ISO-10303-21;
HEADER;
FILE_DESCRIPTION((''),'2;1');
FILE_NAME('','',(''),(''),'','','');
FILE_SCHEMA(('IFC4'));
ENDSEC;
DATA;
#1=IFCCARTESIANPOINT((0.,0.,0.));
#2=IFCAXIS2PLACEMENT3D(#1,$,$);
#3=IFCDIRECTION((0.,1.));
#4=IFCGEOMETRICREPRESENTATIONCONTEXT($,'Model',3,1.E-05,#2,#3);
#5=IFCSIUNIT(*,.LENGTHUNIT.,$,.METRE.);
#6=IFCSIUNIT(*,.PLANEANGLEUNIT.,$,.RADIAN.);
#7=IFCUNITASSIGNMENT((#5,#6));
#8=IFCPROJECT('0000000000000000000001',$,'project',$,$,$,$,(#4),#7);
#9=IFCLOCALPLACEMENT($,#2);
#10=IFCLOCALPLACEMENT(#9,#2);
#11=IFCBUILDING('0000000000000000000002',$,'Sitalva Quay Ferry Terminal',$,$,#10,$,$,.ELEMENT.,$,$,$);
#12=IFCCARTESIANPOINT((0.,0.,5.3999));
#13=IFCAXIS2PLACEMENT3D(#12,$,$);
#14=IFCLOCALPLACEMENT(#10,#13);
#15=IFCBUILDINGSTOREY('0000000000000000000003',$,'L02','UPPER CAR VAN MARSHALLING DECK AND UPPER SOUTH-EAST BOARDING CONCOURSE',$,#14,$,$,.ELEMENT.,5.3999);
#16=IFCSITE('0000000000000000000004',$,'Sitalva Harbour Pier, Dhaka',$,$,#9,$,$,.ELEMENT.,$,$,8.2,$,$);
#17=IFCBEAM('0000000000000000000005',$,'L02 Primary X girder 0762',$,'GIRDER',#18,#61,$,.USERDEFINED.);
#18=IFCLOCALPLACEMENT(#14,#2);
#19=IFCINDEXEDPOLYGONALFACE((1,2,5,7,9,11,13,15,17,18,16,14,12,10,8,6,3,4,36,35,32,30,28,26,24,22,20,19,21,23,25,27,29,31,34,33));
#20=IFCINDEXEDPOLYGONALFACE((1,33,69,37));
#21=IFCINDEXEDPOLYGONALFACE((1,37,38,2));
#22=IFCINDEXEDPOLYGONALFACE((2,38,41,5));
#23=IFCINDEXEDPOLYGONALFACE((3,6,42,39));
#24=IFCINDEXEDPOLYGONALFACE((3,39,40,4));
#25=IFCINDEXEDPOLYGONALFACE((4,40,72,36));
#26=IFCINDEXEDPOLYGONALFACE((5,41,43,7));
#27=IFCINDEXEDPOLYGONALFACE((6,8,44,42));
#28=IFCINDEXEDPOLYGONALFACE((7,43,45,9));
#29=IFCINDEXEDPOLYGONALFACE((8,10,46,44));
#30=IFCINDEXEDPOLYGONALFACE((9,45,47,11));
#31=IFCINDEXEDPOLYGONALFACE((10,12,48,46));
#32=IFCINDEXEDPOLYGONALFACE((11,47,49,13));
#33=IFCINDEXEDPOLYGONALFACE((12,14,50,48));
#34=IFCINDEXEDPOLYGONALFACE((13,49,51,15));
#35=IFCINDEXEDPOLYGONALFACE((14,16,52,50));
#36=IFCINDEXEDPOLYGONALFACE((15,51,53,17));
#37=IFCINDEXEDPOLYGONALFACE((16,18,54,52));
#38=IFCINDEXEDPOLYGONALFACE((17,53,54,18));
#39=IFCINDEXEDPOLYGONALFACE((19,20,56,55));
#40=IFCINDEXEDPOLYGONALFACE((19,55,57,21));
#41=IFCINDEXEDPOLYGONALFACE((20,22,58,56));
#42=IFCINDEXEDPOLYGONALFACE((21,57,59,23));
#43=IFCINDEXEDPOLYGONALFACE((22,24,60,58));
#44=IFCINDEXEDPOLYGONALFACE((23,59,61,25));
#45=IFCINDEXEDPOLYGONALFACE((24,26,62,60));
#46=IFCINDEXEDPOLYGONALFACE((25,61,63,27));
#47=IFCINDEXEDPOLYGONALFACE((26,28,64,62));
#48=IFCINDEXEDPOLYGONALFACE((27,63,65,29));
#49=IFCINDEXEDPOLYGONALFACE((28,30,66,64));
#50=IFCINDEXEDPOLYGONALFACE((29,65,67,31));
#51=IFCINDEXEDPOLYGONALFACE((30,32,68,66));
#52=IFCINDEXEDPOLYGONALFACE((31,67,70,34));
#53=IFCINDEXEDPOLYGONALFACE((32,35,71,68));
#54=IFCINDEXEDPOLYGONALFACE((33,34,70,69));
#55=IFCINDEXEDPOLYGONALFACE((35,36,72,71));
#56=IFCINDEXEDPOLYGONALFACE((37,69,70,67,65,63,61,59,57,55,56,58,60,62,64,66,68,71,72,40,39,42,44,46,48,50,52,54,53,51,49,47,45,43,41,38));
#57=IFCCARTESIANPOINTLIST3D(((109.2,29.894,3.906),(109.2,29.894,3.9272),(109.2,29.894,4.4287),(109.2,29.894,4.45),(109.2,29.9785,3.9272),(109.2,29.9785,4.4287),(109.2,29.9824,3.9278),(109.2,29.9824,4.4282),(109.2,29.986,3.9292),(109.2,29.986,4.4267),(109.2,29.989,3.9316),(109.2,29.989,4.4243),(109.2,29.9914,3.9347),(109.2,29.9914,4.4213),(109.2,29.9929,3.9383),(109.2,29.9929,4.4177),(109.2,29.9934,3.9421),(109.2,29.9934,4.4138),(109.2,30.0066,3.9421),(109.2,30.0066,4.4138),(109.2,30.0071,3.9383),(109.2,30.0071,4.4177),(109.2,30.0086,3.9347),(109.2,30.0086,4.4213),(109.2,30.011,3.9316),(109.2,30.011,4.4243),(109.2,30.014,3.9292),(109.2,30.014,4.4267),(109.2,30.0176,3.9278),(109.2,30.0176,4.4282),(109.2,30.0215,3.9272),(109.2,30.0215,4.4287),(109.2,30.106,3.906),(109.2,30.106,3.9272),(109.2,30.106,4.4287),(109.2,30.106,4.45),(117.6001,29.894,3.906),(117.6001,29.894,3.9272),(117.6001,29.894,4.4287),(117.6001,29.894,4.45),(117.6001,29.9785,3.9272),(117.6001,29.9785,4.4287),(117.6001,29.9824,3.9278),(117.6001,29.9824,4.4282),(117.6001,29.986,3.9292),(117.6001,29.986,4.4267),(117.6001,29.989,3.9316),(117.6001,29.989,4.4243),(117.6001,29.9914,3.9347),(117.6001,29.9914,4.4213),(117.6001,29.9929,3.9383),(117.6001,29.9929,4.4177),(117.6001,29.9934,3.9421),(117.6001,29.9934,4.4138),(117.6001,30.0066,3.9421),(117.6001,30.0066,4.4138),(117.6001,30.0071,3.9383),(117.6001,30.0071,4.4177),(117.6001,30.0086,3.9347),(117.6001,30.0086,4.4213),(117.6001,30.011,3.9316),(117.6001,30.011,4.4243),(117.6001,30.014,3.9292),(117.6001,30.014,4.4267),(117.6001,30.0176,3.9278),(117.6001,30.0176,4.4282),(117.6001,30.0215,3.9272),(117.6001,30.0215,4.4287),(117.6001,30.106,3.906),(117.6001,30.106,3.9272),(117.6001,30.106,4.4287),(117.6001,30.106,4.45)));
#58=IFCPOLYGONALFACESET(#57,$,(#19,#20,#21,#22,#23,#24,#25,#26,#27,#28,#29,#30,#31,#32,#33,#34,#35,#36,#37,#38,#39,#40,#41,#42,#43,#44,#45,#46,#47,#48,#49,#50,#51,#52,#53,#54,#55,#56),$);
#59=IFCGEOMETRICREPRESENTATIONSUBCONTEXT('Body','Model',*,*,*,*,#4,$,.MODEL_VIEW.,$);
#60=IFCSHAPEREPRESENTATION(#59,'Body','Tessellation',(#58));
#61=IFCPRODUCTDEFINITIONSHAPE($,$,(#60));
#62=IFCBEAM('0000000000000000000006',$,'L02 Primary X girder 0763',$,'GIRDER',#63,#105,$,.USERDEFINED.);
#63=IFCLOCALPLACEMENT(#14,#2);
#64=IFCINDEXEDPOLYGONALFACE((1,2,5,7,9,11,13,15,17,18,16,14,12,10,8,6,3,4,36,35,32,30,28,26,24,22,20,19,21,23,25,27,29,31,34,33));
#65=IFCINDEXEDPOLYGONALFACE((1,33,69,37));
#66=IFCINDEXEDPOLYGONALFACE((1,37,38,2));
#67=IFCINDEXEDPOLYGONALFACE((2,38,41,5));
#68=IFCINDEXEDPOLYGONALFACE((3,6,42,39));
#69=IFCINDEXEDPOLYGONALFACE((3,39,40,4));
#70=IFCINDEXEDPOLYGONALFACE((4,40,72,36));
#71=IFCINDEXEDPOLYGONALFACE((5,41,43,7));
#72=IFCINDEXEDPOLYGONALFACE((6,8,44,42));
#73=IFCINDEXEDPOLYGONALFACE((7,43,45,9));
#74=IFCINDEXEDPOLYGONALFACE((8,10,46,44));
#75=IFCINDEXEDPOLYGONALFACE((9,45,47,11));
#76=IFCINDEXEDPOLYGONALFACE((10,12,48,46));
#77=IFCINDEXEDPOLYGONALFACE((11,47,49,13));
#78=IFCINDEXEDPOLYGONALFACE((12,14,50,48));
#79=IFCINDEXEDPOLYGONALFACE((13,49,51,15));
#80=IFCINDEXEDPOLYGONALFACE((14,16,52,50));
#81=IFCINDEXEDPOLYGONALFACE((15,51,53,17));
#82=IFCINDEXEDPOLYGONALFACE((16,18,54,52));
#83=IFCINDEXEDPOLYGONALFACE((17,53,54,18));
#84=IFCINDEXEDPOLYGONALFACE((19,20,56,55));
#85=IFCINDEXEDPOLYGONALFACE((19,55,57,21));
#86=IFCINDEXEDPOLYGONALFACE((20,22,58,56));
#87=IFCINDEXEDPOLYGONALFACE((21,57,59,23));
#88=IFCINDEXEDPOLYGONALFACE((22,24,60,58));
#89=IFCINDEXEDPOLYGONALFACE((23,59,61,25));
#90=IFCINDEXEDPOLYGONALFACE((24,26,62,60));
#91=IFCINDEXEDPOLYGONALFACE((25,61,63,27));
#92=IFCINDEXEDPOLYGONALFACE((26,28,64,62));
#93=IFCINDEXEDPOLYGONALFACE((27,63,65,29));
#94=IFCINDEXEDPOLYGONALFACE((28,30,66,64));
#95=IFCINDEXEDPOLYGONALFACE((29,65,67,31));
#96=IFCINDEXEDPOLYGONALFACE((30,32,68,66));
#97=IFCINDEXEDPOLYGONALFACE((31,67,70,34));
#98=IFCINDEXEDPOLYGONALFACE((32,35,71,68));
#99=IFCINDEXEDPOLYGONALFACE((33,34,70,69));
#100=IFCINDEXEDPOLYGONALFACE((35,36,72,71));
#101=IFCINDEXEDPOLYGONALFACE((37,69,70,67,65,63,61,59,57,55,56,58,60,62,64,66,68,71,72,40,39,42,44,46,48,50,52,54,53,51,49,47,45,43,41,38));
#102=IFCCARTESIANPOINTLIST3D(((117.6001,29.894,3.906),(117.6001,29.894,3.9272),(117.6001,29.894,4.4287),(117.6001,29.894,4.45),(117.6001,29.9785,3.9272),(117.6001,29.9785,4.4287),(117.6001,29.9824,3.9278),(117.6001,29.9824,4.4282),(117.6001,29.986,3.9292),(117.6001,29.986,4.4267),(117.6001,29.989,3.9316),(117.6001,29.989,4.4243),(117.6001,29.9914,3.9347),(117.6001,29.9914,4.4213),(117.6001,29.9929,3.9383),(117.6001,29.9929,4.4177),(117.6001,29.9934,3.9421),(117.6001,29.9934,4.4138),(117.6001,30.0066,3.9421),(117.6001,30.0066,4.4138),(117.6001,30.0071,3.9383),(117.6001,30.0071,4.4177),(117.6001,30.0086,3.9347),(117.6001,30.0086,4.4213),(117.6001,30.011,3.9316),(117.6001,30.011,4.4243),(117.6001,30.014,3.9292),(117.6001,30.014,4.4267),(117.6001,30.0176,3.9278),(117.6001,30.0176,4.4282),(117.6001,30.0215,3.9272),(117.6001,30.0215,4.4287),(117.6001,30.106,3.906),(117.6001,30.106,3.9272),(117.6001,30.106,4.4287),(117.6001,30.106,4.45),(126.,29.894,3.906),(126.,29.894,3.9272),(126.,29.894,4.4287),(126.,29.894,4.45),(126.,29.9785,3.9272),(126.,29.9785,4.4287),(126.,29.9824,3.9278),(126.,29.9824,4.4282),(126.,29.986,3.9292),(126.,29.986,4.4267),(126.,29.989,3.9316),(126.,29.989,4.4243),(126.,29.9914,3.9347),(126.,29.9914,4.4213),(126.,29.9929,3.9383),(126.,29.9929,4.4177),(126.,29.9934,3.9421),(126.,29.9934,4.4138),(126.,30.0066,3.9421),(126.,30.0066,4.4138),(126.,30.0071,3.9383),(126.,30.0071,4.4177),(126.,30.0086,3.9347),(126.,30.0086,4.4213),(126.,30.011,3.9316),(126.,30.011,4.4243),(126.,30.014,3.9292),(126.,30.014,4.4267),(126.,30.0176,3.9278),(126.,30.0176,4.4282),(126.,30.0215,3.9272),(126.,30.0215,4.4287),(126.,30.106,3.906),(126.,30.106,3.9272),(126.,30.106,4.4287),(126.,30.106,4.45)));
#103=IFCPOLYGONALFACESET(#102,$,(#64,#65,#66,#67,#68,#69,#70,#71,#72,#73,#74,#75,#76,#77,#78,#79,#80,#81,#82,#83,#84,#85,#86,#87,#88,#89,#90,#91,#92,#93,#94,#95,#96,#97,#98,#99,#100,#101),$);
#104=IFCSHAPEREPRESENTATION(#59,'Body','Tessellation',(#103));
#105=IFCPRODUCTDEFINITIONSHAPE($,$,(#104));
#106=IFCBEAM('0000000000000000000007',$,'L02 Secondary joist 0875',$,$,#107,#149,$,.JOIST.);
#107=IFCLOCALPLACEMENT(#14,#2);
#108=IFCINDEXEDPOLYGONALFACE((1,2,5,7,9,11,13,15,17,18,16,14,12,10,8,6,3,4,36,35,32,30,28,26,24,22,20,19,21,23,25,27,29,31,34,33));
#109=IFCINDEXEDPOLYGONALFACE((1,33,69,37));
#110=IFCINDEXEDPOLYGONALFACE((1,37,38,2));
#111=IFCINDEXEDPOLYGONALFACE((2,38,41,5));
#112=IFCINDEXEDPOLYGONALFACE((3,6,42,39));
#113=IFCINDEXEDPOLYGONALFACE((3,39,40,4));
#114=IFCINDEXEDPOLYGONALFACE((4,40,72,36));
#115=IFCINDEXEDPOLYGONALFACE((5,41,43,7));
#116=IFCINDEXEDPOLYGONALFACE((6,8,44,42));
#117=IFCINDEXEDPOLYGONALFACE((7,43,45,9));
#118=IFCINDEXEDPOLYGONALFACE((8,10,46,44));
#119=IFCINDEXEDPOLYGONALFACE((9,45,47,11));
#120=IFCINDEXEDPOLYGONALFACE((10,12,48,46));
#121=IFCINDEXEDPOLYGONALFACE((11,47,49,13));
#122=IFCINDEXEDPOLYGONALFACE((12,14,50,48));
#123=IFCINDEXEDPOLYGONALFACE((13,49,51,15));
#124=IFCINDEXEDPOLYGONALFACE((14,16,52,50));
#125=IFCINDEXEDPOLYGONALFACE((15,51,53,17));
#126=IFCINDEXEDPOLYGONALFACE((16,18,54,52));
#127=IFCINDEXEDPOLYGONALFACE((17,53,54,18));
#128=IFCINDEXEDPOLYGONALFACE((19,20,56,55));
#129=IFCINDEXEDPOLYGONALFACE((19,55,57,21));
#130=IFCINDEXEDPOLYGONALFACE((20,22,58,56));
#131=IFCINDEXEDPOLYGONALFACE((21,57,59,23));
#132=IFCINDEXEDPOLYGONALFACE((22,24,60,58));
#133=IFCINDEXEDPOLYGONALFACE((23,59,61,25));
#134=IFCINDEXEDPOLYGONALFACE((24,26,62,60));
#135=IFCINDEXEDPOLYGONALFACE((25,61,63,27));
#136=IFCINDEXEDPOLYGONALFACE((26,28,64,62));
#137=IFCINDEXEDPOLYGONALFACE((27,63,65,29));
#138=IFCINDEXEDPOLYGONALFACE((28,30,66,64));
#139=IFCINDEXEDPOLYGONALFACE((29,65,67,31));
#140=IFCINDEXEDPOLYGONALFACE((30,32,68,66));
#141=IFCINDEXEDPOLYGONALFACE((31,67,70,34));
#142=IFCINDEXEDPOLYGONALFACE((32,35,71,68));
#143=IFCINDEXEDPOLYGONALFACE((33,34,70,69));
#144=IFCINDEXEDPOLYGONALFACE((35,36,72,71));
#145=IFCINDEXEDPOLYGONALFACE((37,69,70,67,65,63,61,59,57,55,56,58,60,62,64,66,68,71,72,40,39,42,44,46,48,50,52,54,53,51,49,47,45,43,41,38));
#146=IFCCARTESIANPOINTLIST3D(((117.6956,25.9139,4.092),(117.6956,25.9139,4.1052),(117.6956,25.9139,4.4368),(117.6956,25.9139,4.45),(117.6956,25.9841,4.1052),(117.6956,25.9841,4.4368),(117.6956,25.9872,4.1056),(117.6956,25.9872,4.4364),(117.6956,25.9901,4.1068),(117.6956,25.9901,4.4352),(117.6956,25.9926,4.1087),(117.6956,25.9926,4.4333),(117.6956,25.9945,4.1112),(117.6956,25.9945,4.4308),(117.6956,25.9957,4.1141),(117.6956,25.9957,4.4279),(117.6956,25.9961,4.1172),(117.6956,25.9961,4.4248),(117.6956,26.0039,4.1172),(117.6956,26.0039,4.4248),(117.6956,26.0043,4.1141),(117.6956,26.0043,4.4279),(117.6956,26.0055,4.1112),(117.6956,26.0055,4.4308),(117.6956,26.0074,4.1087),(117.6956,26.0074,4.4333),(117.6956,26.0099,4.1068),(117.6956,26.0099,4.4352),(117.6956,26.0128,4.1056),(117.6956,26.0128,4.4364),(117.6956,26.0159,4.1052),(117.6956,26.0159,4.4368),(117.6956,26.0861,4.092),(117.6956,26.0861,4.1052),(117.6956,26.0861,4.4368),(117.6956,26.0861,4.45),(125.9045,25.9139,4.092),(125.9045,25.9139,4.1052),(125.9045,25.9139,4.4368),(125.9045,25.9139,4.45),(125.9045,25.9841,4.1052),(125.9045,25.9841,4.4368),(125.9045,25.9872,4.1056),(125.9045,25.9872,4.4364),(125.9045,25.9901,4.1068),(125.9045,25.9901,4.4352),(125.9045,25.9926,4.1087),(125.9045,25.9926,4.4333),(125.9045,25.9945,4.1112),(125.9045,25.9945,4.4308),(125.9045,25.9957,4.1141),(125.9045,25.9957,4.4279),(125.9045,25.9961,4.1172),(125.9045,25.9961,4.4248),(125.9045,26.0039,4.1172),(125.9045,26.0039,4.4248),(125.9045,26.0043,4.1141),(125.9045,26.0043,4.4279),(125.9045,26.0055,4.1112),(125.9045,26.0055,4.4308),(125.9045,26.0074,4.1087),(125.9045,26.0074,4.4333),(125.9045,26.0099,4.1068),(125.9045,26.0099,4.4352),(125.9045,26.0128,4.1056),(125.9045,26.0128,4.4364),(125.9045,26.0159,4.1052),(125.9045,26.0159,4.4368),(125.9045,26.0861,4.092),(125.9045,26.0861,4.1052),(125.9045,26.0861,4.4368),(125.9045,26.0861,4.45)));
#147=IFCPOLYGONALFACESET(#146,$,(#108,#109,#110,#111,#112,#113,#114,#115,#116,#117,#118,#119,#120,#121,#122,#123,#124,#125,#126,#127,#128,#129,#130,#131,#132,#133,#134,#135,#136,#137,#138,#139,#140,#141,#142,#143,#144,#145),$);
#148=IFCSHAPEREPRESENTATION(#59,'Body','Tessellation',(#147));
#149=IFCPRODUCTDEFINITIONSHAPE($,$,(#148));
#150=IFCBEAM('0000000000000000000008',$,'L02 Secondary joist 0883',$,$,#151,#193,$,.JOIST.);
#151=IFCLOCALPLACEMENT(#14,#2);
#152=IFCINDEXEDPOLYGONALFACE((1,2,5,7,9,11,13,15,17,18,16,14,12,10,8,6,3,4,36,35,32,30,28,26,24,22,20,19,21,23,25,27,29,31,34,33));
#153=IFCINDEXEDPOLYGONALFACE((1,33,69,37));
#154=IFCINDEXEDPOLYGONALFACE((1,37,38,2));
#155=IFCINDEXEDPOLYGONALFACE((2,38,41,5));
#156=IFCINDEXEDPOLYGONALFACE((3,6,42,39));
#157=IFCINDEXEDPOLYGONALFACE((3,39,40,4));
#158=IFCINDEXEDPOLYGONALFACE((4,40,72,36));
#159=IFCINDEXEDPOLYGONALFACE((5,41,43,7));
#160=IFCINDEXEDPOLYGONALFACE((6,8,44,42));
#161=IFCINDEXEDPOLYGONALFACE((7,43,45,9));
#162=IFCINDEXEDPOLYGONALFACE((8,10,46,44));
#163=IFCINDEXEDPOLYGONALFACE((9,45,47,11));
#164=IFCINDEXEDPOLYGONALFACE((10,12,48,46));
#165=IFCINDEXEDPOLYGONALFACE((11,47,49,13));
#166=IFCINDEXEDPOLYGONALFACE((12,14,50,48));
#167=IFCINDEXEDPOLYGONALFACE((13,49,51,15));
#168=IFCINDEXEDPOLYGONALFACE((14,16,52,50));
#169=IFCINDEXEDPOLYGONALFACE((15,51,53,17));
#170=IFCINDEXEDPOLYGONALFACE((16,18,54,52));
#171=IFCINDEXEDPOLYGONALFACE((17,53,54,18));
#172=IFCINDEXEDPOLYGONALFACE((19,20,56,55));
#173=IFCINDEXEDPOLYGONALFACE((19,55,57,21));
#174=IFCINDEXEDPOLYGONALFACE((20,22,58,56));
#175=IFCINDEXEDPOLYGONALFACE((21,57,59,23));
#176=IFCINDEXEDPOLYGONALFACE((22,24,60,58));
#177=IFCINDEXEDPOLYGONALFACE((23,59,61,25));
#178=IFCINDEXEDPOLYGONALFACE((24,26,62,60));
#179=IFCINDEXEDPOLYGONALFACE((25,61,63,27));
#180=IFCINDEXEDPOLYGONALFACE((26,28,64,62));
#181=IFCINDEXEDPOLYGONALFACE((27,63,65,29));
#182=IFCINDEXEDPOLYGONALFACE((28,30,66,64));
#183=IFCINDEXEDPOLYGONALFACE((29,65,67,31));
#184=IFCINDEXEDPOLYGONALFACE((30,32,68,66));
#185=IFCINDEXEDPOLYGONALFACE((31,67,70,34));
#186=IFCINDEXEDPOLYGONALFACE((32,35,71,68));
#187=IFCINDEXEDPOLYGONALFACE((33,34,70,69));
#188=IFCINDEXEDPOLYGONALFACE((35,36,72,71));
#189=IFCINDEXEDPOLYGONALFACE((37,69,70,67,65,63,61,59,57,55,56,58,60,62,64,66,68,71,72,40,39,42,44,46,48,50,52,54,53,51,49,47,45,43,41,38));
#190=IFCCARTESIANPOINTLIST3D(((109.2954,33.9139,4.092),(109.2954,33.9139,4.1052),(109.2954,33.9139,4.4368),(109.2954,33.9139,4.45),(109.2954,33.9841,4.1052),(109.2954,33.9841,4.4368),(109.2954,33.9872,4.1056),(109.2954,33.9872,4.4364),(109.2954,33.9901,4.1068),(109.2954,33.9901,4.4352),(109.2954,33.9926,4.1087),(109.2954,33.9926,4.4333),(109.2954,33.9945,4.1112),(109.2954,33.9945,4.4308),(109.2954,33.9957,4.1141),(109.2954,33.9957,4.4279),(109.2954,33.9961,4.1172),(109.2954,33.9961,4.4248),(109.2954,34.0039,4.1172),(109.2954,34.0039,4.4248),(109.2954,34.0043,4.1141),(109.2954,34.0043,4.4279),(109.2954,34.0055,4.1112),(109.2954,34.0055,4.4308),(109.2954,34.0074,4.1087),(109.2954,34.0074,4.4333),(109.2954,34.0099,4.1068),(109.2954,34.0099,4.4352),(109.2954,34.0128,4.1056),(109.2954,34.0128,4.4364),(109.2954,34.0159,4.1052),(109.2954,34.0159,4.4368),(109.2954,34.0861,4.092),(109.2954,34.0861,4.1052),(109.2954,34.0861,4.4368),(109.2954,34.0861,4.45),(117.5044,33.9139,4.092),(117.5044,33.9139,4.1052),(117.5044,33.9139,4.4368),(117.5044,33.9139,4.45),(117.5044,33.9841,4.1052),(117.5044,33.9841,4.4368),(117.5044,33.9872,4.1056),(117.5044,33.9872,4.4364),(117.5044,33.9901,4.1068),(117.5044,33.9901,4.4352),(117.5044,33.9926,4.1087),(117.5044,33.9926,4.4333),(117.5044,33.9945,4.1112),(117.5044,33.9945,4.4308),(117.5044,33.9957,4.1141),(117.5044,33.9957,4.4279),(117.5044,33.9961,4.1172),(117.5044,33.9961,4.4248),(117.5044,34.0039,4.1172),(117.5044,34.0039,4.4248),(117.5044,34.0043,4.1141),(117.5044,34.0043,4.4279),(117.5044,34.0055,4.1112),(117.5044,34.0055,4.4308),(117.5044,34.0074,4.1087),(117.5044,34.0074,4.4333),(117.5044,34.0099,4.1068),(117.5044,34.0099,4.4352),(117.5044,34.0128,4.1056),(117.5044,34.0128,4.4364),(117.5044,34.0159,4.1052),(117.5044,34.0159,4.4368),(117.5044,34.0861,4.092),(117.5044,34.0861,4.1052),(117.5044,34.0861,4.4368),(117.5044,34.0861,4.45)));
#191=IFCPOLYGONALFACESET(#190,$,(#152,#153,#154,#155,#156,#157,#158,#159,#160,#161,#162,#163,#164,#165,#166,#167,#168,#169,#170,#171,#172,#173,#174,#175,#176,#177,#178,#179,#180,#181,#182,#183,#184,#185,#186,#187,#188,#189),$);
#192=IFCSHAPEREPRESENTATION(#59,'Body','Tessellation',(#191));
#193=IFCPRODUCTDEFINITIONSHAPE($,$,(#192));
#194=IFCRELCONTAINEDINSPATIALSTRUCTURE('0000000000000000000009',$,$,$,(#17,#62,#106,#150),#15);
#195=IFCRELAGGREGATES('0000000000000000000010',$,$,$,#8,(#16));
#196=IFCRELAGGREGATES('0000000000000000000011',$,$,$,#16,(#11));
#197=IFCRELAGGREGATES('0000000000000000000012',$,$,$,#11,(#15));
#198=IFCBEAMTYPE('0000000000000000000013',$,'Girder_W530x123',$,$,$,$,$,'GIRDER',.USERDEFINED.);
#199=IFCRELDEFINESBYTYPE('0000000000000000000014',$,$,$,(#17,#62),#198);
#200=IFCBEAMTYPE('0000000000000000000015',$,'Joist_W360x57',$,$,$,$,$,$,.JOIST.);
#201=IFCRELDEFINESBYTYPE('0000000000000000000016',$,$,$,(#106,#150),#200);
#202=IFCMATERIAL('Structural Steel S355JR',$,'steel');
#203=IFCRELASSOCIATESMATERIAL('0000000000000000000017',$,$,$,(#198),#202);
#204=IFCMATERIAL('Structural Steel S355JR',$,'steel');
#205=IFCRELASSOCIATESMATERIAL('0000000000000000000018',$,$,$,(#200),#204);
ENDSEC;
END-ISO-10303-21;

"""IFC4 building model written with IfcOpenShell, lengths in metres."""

from ifc_helpers import new_model, si_unit, direction, frame, origin, origin_2d, place, context, subcontext, project, spatial, i_section, extrude, material, material_profile, profile_set, type_object, element, save


model = new_model("IFC4")

# Units and contexts
model_context = context("Model", 3, precision=1e-05, world=origin(), true_north=direction((0.0, 1.0)))
body_context = subcontext(model_context, "Body", "Model", "MODEL_VIEW")
ifc_project = project(units=[si_unit("LENGTHUNIT", "METRE"), si_unit("PLANEANGLEUNIT", "RADIAN")], contexts=[model_context])

# Site, building, storey
site_placement = place(None, origin())
site = spatial("IfcSite", under=ifc_project, at=site_placement, Name="Sitalva Harbour Pier, Dhaka", CompositionType="ELEMENT", RefElevation=8.2)
building_placement = place(site_placement, origin())
building = spatial("IfcBuilding", under=site, at=building_placement, Name="Sitalva Quay Ferry Terminal", CompositionType="ELEMENT")
storey_placement = place(building_placement, frame((0.0, 0.0, 5.3999)))
storey = spatial("IfcBuildingStorey", under=building, at=storey_placement, Name="L02", Description="UPPER CAR VAN MARSHALLING DECK AND UPPER SOUTH-EAST BOARDING CONCOURSE", CompositionType="ELEMENT", Elevation=5.3999)

# Beams
ifc_material_1 = material(Name="Structural Steel S355JR", Category="steel")
ifc_material_profile_1 = material_profile(ifc_material_1, i_section(OverallWidth=0.2119, OverallDepth=0.5439, WebThickness=0.0132, FlangeThickness=0.0212, FilletRadius=0.0149, at=origin_2d()), Name="W530x123")
ifc_profile_set_1 = profile_set([ifc_material_profile_1], Name="Structural Steel S355JR")
beam_type_1 = type_object("IfcBeamType", Name="Girder_W530x123", ElementType="GIRDER", PredefinedType="USERDEFINED", material=ifc_profile_set_1)
beam_1_placement = place(storey_placement, frame((109.2, 30.0, 4.178), z_axis=(1.0, 0.0, 0.0), x_axis=(0.0, 1.0, 0.0)))
element("IfcBeam", 1, at=beam_1_placement, inside=storey, type_object=beam_type_1, Name="L02 Primary X girder 0762", ObjectType="GIRDER", PredefinedType="USERDEFINED", context=body_context, shape_type="SweptSolid", body=[
    extrude(i_section(OverallWidth=0.2119, OverallDepth=0.5439, WebThickness=0.0132, FlangeThickness=0.0212, FilletRadius=0.0149, at=origin_2d()), origin(), (0.0, 0.0, 1.0), 8.4001),
])
beam_2_placement = place(storey_placement, frame((117.6001, 30.0, 4.178), z_axis=(1.0, 0.0, 0.0), x_axis=(0.0, 1.0, 0.0)))
element("IfcBeam", 2, at=beam_2_placement, inside=storey, type_object=beam_type_1, Name="L02 Primary X girder 0763", ObjectType="GIRDER", PredefinedType="USERDEFINED", context=body_context, shape_type="SweptSolid", body=[
    extrude(i_section(OverallWidth=0.2119, OverallDepth=0.5439, WebThickness=0.0132, FlangeThickness=0.0212, FilletRadius=0.0149, at=origin_2d()), origin(), (0.0, 0.0, 1.0), 8.3999),
])
ifc_material_2 = material(Name="Structural Steel S355JR", Category="steel")
ifc_material_profile_2 = material_profile(ifc_material_2, i_section(OverallWidth=0.1721, OverallDepth=0.3579, WebThickness=0.0078, FlangeThickness=0.0132, FilletRadius=0.012, at=origin_2d()), Name="W360x57")
ifc_profile_set_2 = profile_set([ifc_material_profile_2], Name="Structural Steel S355JR")
beam_type_2 = type_object("IfcBeamType", Name="Joist_W360x57", PredefinedType="JOIST", material=ifc_profile_set_2)
for number, where, z_axis, x_axis, name in (
    (3, (117.6956, 26.0, 4.271), (1.0, 0.0, 0.0), (0.0, 1.0, 0.0), "L02 Secondary joist 0875"),
    (4, (109.2954, 34.0, 4.271), (1.0, 0.0, 0.0), (0.0, 1.0, 0.0), "L02 Secondary joist 0883"),
):
    element("IfcBeam", number, at=place(storey_placement, frame(where, z_axis=z_axis, x_axis=x_axis)), inside=storey, type_object=beam_type_2, Name=name, PredefinedType="JOIST", context=body_context, shape_type="SweptSolid", body=[
        extrude(i_section(OverallWidth=0.1721, OverallDepth=0.3579, WebThickness=0.0078, FlangeThickness=0.0132, FilletRadius=0.012, at=origin_2d()), origin(), (0.0, 0.0, 1.0), 8.209),
    ])

save(model, "model.ifc")
